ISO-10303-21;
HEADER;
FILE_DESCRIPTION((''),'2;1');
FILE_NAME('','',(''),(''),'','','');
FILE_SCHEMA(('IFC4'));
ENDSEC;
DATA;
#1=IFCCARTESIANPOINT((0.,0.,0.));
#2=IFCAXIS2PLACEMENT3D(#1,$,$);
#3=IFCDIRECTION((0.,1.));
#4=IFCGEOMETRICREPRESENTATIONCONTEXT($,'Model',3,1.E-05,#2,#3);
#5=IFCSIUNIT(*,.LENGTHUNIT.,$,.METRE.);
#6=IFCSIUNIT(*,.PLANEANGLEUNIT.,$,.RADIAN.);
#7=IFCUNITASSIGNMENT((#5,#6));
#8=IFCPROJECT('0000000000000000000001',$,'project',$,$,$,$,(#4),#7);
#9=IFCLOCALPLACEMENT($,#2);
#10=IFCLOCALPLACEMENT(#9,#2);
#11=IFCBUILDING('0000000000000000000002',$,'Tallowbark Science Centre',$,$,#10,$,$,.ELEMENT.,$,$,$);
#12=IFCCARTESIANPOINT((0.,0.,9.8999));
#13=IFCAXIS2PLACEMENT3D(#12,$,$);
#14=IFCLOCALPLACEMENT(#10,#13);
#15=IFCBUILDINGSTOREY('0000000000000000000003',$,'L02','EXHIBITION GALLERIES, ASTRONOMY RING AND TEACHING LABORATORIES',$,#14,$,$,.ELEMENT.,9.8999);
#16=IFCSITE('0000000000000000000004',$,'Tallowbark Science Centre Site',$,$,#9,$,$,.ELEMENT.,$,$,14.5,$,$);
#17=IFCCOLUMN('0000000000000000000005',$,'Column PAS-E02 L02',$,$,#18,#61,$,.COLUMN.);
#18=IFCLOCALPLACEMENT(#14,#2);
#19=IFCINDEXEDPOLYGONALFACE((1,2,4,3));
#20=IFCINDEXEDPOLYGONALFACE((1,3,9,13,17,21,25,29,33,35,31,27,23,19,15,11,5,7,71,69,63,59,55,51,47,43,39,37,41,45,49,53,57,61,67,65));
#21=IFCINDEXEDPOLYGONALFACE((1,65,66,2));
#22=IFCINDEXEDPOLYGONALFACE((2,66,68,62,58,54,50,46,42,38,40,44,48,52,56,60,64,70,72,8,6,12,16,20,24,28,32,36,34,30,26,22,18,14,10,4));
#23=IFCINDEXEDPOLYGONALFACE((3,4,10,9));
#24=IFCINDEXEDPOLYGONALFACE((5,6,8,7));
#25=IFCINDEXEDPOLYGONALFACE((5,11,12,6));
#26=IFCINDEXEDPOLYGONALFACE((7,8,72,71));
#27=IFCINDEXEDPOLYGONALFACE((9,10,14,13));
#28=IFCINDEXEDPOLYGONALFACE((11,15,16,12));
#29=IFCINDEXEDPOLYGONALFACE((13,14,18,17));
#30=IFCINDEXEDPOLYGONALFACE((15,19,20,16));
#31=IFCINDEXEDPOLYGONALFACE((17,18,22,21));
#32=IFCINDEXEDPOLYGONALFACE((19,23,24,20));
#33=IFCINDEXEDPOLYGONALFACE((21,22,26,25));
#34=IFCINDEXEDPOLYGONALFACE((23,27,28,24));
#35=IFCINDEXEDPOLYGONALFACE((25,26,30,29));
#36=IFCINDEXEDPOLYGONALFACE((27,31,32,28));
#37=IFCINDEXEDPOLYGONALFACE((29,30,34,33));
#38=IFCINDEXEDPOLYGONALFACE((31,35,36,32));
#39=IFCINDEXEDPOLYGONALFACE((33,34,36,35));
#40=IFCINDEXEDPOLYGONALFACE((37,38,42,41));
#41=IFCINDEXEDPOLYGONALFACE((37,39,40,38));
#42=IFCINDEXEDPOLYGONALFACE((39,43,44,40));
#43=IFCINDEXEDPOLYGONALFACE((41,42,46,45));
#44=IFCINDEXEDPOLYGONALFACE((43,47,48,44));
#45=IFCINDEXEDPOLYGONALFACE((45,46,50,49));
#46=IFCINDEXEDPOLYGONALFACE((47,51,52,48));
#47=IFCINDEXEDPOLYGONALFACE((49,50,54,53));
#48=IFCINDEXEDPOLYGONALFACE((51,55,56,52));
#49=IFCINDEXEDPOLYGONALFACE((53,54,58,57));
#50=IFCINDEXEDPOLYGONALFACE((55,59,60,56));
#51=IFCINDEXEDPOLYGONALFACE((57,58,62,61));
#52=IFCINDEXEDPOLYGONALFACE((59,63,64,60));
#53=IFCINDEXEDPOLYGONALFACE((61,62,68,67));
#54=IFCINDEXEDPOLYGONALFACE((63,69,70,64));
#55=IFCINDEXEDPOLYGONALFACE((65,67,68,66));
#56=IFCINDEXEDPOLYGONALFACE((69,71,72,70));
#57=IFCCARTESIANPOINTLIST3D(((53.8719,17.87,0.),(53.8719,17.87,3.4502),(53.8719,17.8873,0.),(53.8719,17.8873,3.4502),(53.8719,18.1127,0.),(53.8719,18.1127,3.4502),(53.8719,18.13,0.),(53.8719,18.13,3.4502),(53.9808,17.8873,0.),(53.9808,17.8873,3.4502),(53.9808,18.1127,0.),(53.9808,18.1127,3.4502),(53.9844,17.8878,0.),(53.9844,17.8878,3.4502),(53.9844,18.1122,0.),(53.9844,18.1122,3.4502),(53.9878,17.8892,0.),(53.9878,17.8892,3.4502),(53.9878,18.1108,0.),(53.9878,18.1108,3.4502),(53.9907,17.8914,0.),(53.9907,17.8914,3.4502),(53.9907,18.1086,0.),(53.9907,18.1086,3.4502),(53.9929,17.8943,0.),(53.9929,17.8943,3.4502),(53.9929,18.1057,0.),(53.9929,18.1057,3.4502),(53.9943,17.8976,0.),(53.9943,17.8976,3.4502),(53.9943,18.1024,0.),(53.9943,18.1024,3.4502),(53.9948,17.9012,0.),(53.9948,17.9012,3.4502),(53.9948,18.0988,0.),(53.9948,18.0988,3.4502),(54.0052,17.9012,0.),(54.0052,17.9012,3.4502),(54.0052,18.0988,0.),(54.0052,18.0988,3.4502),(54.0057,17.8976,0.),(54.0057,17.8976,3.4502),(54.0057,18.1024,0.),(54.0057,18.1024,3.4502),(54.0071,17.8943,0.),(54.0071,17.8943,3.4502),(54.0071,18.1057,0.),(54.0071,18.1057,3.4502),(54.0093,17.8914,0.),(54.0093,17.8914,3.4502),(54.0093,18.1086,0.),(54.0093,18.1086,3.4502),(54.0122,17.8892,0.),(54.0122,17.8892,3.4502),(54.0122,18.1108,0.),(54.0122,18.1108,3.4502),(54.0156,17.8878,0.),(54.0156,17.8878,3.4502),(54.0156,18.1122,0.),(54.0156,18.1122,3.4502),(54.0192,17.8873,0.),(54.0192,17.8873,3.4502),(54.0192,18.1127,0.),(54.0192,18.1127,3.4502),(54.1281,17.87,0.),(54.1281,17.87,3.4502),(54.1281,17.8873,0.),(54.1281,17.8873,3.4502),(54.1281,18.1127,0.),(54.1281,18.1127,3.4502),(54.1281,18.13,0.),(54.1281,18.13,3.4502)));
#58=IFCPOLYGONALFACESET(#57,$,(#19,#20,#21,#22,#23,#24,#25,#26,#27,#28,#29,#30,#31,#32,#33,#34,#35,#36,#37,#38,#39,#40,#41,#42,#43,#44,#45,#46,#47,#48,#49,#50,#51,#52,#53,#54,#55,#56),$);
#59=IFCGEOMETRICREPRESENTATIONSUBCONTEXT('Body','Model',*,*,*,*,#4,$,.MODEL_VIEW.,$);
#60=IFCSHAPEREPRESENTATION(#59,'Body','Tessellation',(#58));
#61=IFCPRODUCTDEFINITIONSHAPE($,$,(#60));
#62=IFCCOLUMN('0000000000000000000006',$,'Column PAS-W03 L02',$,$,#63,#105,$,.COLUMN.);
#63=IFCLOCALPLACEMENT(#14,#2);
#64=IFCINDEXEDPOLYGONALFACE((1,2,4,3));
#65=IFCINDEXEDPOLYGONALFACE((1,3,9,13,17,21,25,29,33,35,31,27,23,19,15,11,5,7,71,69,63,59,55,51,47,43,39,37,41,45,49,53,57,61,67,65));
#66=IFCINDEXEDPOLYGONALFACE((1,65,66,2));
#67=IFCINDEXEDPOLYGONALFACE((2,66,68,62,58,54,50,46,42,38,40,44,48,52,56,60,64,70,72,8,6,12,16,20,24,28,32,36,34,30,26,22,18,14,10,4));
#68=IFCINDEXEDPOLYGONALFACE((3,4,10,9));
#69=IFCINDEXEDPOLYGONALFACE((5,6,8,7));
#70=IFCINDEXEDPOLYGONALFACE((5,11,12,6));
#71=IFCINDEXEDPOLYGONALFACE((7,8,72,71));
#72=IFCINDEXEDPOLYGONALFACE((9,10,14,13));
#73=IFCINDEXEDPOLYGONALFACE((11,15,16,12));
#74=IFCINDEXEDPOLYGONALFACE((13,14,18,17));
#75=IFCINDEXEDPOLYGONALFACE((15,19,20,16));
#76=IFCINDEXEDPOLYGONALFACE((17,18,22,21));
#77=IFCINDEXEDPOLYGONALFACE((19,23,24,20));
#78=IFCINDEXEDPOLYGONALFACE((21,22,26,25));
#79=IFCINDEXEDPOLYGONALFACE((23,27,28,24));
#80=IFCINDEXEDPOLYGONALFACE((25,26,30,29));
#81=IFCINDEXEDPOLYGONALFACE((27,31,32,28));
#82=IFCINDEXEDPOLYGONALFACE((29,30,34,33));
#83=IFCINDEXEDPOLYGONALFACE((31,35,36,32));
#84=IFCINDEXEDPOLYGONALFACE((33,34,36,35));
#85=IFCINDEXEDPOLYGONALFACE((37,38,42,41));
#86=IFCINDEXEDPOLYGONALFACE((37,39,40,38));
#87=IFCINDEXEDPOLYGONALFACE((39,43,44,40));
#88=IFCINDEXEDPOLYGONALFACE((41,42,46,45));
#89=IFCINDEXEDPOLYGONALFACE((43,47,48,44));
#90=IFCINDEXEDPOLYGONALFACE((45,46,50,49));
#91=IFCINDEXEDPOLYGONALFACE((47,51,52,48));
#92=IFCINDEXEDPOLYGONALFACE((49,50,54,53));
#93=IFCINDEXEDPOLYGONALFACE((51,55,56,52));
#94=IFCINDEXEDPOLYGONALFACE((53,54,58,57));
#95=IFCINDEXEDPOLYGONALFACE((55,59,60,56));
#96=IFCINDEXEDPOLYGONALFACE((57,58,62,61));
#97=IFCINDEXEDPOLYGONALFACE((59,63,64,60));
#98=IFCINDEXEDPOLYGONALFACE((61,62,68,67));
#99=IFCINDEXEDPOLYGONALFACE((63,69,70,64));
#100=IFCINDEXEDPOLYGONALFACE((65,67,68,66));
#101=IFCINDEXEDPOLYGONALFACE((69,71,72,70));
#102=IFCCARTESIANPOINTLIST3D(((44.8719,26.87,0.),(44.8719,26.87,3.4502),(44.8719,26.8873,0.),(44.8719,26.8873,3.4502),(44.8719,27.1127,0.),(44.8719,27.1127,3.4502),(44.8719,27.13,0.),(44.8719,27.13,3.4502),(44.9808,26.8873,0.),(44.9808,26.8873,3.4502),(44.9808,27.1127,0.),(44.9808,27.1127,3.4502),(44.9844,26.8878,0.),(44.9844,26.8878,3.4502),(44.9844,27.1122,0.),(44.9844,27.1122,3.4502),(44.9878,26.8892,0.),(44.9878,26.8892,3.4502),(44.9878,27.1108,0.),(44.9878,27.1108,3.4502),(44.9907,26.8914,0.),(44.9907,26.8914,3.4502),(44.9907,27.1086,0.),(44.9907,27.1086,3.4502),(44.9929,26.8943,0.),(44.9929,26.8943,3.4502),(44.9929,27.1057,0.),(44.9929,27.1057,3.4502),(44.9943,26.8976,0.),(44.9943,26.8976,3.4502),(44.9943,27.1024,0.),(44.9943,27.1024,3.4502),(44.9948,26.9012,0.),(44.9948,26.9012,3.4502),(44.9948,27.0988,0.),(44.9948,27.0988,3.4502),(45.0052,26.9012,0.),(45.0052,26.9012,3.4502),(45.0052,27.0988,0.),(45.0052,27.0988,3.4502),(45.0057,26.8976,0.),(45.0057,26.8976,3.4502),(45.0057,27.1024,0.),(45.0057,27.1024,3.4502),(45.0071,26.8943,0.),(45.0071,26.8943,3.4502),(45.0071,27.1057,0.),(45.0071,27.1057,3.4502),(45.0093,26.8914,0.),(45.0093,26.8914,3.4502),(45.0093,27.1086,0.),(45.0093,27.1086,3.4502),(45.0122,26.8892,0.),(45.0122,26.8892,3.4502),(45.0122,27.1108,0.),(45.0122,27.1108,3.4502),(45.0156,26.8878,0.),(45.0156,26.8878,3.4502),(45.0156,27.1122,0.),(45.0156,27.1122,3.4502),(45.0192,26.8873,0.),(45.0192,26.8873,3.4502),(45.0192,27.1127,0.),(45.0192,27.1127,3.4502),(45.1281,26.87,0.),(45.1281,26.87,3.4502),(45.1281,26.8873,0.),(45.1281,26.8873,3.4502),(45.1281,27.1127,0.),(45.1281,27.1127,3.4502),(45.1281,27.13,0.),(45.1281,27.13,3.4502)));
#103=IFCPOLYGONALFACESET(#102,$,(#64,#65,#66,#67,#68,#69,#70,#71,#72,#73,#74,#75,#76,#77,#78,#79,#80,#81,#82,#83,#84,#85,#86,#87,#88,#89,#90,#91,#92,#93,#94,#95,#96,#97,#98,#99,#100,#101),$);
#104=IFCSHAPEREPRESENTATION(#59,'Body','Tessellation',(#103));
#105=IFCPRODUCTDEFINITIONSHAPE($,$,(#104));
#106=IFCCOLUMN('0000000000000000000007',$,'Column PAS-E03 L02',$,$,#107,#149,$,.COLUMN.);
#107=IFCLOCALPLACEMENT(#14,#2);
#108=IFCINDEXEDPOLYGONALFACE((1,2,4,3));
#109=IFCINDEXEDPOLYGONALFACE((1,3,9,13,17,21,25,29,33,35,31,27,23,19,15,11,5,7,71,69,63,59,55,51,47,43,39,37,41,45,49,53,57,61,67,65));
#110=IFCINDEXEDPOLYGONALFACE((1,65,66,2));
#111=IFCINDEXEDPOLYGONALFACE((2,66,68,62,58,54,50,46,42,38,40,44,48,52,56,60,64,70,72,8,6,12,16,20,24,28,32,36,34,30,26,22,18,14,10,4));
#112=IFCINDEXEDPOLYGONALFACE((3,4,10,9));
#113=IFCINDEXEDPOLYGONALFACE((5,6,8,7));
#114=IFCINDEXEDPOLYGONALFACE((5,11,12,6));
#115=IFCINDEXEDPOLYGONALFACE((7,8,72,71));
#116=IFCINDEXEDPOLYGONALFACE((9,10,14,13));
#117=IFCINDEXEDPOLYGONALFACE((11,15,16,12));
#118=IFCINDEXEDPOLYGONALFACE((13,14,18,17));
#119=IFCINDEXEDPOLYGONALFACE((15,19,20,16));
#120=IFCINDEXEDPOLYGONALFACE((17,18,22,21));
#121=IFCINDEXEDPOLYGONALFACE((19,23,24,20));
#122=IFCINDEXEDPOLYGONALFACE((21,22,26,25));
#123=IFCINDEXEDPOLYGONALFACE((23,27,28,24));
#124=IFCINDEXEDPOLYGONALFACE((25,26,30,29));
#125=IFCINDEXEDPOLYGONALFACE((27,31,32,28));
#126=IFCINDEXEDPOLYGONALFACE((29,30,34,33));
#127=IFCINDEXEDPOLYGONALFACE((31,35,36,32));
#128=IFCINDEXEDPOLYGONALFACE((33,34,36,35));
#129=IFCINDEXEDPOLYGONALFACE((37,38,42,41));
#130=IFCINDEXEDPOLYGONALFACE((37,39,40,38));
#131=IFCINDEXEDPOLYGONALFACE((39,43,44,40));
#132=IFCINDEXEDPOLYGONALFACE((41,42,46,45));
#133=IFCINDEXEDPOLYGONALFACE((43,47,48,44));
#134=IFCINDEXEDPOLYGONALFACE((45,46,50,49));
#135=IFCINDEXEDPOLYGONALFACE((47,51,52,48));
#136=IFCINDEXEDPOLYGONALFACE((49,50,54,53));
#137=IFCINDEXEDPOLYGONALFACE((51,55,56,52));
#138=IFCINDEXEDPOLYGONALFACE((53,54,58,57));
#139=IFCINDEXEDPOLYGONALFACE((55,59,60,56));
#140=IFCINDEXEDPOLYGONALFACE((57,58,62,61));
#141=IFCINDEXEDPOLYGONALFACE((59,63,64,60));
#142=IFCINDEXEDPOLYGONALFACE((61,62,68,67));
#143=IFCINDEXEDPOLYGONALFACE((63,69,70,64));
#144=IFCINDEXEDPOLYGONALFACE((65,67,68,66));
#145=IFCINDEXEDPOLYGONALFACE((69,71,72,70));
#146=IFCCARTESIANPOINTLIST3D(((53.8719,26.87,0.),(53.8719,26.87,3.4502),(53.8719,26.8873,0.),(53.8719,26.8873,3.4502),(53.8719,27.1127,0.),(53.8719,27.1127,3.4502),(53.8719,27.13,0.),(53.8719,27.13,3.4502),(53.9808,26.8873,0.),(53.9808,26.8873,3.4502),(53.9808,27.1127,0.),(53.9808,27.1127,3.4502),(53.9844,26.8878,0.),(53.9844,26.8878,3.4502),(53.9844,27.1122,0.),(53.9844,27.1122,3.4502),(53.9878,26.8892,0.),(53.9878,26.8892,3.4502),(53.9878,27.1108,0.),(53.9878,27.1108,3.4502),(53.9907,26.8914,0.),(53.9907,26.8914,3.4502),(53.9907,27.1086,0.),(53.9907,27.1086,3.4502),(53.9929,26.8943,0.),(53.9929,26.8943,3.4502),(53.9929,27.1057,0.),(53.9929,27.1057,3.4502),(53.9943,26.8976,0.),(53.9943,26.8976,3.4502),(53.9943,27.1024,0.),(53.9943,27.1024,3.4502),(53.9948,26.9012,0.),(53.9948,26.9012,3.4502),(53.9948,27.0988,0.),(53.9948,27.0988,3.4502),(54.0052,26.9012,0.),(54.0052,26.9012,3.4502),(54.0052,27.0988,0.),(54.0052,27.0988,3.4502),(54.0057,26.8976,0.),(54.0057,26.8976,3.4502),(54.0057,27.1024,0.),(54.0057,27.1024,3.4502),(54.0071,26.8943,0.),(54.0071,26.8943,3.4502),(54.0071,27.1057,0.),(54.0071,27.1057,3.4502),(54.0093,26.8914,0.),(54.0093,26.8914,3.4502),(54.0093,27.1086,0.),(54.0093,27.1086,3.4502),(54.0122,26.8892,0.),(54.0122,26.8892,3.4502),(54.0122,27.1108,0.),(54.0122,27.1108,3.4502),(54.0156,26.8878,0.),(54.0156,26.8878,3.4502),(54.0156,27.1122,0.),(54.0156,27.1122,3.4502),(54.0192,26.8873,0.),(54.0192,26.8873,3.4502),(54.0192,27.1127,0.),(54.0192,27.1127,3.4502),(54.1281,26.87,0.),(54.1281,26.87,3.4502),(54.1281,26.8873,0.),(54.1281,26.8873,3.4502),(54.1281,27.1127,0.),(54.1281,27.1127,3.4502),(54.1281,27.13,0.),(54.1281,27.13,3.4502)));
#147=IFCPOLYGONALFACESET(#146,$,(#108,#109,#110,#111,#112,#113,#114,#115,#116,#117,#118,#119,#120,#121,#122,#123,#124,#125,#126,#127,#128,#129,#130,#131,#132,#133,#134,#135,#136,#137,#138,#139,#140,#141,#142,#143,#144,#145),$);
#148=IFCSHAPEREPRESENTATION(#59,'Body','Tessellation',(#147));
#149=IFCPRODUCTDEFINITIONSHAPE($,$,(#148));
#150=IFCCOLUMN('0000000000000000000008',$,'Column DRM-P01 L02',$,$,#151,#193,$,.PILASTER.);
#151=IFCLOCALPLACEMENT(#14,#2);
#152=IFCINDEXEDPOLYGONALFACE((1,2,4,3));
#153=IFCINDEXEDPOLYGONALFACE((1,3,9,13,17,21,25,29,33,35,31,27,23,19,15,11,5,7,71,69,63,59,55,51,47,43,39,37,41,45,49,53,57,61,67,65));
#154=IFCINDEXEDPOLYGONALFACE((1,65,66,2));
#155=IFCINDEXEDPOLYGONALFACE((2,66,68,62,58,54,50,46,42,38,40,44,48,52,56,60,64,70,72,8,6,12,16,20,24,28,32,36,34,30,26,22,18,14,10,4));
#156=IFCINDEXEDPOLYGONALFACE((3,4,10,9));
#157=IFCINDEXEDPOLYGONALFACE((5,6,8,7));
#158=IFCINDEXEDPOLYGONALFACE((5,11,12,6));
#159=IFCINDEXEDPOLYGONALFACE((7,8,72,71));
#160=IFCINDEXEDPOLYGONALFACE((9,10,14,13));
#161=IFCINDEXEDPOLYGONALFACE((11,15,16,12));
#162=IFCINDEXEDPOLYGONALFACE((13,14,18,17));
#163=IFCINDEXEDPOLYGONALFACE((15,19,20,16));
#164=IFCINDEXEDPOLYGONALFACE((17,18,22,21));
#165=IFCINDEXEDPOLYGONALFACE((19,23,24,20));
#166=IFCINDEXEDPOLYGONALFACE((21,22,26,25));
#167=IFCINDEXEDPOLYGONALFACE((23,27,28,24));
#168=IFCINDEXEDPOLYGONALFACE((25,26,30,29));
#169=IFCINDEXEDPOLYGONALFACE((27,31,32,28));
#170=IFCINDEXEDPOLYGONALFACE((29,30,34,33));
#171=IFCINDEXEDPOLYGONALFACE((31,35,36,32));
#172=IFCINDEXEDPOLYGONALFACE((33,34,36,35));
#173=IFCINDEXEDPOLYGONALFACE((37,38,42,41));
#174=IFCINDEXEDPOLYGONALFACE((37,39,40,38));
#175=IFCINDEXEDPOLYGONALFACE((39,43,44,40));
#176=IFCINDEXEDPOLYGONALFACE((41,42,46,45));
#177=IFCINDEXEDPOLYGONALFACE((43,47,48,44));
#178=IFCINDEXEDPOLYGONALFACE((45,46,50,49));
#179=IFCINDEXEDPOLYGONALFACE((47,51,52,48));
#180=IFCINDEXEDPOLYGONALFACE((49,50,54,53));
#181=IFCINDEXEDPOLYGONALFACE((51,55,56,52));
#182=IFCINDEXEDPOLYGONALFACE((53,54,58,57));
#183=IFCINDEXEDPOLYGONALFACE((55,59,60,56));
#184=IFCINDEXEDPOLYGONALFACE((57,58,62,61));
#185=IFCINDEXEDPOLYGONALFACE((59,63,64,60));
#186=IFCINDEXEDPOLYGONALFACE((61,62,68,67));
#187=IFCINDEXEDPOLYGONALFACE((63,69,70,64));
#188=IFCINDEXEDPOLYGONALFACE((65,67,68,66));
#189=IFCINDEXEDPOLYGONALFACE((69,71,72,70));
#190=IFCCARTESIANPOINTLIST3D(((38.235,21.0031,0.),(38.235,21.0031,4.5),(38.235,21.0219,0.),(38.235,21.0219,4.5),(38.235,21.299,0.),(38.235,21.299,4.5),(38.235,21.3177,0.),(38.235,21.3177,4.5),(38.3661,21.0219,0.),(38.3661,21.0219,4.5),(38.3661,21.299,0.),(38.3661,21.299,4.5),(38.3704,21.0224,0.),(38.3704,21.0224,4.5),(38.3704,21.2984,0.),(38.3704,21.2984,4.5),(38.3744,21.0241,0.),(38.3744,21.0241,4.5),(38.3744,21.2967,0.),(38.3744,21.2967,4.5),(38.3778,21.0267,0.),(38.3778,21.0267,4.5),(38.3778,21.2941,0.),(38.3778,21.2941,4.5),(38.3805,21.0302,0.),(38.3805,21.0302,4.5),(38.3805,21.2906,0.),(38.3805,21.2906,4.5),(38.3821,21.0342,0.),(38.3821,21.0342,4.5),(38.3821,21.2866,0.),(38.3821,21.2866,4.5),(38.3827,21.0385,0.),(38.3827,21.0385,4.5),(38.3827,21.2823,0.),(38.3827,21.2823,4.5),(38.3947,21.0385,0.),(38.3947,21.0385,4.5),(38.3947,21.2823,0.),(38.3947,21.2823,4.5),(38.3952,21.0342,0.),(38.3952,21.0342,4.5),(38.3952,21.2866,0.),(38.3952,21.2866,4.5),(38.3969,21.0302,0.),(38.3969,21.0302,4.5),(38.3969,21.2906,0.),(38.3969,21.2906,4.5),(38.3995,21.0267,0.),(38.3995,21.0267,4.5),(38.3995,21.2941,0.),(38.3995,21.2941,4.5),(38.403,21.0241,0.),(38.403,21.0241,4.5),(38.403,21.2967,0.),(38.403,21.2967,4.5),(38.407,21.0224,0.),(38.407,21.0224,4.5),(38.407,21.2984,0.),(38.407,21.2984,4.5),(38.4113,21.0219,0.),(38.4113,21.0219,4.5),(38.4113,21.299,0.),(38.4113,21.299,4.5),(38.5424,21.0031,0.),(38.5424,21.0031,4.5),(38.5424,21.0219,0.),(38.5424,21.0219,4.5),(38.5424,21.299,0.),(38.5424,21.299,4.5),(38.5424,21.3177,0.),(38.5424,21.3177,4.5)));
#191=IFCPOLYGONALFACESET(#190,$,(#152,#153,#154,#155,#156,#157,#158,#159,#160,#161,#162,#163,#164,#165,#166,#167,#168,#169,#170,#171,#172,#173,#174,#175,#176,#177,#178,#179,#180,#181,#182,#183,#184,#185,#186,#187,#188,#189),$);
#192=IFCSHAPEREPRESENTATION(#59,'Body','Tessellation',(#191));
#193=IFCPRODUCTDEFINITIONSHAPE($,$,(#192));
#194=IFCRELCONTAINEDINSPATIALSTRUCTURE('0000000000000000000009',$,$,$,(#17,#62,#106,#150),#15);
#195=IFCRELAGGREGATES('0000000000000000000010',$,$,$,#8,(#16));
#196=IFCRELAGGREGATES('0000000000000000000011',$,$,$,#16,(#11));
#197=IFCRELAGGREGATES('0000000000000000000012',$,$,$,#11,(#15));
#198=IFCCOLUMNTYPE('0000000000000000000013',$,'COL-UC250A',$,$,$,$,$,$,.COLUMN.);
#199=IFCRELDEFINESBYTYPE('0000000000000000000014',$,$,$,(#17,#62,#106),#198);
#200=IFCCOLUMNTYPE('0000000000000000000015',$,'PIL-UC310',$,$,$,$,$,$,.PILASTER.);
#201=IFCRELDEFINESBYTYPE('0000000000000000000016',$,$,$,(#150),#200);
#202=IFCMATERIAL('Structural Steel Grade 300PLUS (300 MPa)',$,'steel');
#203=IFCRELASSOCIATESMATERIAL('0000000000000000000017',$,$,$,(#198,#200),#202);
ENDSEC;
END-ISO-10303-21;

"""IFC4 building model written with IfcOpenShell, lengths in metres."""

from ifc_helpers import new_model, si_unit, direction, frame, origin, origin_2d, place, context, subcontext, project, spatial, i_section, extrude, material, material_profile, profile_set, type_object, element, save


model = new_model("IFC4")

# Units and contexts
model_context = context("Model", 3, precision=1e-05, world=origin(), true_north=direction((0.0, 1.0)))
body_context = subcontext(model_context, "Body", "Model", "MODEL_VIEW")
ifc_project = project(units=[si_unit("LENGTHUNIT", "METRE"), si_unit("PLANEANGLEUNIT", "RADIAN")], contexts=[model_context])

# Site, building, storey
site_placement = place(None, origin())
site = spatial("IfcSite", under=ifc_project, at=site_placement, Name="Tallowbark Science Centre Site", CompositionType="ELEMENT", RefElevation=14.5)
building_placement = place(site_placement, origin())
building = spatial("IfcBuilding", under=site, at=building_placement, Name="Tallowbark Science Centre", CompositionType="ELEMENT")
storey_placement = place(building_placement, frame((0.0, 0.0, 9.8999)))
storey = spatial("IfcBuildingStorey", under=building, at=storey_placement, Name="L02", Description="EXHIBITION GALLERIES, ASTRONOMY RING AND TEACHING LABORATORIES", CompositionType="ELEMENT", Elevation=9.8999)

# Columns
ifc_material_1 = material(Name="Structural Steel Grade 300PLUS (300 MPa)", Category="steel")
ifc_material_profile_1 = material_profile(ifc_material_1, i_section(OverallWidth=0.2561, OverallDepth=0.26, WebThickness=0.0105, FlangeThickness=0.0173, FilletRadius=0.0139, at=origin_2d()), Name="250UC89.5")
ifc_profile_set_1 = profile_set([ifc_material_profile_1], Name="Structural Steel Grade 300PLUS (300 MPa)")
column_type_1 = type_object("IfcColumnType", Name="COL-UC250A", PredefinedType="COLUMN", material=ifc_profile_set_1)
for number, where, z_axis, x_axis, name in (
    (1, (54.0, 18.0, 0.0), (0.0, 0.0, 1.0), (1.0, 0.0, 0.0), "Column PAS-E02 L02"),
    (2, (45.0, 27.0, 0.0), (0.0, 0.0, 1.0), (1.0, 0.0, 0.0), "Column PAS-W03 L02"),
    (3, (54.0, 27.0, 0.0), (0.0, 0.0, 1.0), (1.0, 0.0, 0.0), "Column PAS-E03 L02"),
):
    element("IfcColumn", number, at=place(storey_placement, frame(where, z_axis=z_axis, x_axis=x_axis)), inside=storey, type_object=column_type_1, Name=name, PredefinedType="COLUMN", context=body_context, shape_type="SweptSolid", body=[
        extrude(i_section(OverallWidth=0.2561, OverallDepth=0.26, WebThickness=0.0105, FlangeThickness=0.0173, FilletRadius=0.0139, at=origin_2d()), origin(), (0.0, 0.0, 1.0), 3.4502),
    ])
ifc_material_profile_2 = material_profile(ifc_material_1, i_section(OverallWidth=0.3074, OverallDepth=0.3147, WebThickness=0.012, FlangeThickness=0.0188, FilletRadius=0.0166, at=origin_2d()), Name="310UC118")
ifc_profile_set_2 = profile_set([ifc_material_profile_2], Name="Structural Steel Grade 300PLUS (300 MPa)")
column_type_2 = type_object("IfcColumnType", Name="PIL-UC310", PredefinedType="PILASTER", material=ifc_profile_set_2)
for number, where, z_axis, x_axis, name in (
    (4, (38.3887, 21.1604, 0.0), (0.0, 0.0, 1.0), (1.0, 0.0, 0.0), "Column DRM-P01 L02"),
):
    element("IfcColumn", number, at=place(storey_placement, frame(where, z_axis=z_axis, x_axis=x_axis)), inside=storey, type_object=column_type_2, Name=name, PredefinedType="PILASTER", context=body_context, shape_type="SweptSolid", body=[
        extrude(i_section(OverallWidth=0.3074, OverallDepth=0.3147, WebThickness=0.012, FlangeThickness=0.0188, FilletRadius=0.0166, at=origin_2d()), origin(), (0.0, 0.0, 1.0), 4.5),
    ])

save(model, "model.ifc")
